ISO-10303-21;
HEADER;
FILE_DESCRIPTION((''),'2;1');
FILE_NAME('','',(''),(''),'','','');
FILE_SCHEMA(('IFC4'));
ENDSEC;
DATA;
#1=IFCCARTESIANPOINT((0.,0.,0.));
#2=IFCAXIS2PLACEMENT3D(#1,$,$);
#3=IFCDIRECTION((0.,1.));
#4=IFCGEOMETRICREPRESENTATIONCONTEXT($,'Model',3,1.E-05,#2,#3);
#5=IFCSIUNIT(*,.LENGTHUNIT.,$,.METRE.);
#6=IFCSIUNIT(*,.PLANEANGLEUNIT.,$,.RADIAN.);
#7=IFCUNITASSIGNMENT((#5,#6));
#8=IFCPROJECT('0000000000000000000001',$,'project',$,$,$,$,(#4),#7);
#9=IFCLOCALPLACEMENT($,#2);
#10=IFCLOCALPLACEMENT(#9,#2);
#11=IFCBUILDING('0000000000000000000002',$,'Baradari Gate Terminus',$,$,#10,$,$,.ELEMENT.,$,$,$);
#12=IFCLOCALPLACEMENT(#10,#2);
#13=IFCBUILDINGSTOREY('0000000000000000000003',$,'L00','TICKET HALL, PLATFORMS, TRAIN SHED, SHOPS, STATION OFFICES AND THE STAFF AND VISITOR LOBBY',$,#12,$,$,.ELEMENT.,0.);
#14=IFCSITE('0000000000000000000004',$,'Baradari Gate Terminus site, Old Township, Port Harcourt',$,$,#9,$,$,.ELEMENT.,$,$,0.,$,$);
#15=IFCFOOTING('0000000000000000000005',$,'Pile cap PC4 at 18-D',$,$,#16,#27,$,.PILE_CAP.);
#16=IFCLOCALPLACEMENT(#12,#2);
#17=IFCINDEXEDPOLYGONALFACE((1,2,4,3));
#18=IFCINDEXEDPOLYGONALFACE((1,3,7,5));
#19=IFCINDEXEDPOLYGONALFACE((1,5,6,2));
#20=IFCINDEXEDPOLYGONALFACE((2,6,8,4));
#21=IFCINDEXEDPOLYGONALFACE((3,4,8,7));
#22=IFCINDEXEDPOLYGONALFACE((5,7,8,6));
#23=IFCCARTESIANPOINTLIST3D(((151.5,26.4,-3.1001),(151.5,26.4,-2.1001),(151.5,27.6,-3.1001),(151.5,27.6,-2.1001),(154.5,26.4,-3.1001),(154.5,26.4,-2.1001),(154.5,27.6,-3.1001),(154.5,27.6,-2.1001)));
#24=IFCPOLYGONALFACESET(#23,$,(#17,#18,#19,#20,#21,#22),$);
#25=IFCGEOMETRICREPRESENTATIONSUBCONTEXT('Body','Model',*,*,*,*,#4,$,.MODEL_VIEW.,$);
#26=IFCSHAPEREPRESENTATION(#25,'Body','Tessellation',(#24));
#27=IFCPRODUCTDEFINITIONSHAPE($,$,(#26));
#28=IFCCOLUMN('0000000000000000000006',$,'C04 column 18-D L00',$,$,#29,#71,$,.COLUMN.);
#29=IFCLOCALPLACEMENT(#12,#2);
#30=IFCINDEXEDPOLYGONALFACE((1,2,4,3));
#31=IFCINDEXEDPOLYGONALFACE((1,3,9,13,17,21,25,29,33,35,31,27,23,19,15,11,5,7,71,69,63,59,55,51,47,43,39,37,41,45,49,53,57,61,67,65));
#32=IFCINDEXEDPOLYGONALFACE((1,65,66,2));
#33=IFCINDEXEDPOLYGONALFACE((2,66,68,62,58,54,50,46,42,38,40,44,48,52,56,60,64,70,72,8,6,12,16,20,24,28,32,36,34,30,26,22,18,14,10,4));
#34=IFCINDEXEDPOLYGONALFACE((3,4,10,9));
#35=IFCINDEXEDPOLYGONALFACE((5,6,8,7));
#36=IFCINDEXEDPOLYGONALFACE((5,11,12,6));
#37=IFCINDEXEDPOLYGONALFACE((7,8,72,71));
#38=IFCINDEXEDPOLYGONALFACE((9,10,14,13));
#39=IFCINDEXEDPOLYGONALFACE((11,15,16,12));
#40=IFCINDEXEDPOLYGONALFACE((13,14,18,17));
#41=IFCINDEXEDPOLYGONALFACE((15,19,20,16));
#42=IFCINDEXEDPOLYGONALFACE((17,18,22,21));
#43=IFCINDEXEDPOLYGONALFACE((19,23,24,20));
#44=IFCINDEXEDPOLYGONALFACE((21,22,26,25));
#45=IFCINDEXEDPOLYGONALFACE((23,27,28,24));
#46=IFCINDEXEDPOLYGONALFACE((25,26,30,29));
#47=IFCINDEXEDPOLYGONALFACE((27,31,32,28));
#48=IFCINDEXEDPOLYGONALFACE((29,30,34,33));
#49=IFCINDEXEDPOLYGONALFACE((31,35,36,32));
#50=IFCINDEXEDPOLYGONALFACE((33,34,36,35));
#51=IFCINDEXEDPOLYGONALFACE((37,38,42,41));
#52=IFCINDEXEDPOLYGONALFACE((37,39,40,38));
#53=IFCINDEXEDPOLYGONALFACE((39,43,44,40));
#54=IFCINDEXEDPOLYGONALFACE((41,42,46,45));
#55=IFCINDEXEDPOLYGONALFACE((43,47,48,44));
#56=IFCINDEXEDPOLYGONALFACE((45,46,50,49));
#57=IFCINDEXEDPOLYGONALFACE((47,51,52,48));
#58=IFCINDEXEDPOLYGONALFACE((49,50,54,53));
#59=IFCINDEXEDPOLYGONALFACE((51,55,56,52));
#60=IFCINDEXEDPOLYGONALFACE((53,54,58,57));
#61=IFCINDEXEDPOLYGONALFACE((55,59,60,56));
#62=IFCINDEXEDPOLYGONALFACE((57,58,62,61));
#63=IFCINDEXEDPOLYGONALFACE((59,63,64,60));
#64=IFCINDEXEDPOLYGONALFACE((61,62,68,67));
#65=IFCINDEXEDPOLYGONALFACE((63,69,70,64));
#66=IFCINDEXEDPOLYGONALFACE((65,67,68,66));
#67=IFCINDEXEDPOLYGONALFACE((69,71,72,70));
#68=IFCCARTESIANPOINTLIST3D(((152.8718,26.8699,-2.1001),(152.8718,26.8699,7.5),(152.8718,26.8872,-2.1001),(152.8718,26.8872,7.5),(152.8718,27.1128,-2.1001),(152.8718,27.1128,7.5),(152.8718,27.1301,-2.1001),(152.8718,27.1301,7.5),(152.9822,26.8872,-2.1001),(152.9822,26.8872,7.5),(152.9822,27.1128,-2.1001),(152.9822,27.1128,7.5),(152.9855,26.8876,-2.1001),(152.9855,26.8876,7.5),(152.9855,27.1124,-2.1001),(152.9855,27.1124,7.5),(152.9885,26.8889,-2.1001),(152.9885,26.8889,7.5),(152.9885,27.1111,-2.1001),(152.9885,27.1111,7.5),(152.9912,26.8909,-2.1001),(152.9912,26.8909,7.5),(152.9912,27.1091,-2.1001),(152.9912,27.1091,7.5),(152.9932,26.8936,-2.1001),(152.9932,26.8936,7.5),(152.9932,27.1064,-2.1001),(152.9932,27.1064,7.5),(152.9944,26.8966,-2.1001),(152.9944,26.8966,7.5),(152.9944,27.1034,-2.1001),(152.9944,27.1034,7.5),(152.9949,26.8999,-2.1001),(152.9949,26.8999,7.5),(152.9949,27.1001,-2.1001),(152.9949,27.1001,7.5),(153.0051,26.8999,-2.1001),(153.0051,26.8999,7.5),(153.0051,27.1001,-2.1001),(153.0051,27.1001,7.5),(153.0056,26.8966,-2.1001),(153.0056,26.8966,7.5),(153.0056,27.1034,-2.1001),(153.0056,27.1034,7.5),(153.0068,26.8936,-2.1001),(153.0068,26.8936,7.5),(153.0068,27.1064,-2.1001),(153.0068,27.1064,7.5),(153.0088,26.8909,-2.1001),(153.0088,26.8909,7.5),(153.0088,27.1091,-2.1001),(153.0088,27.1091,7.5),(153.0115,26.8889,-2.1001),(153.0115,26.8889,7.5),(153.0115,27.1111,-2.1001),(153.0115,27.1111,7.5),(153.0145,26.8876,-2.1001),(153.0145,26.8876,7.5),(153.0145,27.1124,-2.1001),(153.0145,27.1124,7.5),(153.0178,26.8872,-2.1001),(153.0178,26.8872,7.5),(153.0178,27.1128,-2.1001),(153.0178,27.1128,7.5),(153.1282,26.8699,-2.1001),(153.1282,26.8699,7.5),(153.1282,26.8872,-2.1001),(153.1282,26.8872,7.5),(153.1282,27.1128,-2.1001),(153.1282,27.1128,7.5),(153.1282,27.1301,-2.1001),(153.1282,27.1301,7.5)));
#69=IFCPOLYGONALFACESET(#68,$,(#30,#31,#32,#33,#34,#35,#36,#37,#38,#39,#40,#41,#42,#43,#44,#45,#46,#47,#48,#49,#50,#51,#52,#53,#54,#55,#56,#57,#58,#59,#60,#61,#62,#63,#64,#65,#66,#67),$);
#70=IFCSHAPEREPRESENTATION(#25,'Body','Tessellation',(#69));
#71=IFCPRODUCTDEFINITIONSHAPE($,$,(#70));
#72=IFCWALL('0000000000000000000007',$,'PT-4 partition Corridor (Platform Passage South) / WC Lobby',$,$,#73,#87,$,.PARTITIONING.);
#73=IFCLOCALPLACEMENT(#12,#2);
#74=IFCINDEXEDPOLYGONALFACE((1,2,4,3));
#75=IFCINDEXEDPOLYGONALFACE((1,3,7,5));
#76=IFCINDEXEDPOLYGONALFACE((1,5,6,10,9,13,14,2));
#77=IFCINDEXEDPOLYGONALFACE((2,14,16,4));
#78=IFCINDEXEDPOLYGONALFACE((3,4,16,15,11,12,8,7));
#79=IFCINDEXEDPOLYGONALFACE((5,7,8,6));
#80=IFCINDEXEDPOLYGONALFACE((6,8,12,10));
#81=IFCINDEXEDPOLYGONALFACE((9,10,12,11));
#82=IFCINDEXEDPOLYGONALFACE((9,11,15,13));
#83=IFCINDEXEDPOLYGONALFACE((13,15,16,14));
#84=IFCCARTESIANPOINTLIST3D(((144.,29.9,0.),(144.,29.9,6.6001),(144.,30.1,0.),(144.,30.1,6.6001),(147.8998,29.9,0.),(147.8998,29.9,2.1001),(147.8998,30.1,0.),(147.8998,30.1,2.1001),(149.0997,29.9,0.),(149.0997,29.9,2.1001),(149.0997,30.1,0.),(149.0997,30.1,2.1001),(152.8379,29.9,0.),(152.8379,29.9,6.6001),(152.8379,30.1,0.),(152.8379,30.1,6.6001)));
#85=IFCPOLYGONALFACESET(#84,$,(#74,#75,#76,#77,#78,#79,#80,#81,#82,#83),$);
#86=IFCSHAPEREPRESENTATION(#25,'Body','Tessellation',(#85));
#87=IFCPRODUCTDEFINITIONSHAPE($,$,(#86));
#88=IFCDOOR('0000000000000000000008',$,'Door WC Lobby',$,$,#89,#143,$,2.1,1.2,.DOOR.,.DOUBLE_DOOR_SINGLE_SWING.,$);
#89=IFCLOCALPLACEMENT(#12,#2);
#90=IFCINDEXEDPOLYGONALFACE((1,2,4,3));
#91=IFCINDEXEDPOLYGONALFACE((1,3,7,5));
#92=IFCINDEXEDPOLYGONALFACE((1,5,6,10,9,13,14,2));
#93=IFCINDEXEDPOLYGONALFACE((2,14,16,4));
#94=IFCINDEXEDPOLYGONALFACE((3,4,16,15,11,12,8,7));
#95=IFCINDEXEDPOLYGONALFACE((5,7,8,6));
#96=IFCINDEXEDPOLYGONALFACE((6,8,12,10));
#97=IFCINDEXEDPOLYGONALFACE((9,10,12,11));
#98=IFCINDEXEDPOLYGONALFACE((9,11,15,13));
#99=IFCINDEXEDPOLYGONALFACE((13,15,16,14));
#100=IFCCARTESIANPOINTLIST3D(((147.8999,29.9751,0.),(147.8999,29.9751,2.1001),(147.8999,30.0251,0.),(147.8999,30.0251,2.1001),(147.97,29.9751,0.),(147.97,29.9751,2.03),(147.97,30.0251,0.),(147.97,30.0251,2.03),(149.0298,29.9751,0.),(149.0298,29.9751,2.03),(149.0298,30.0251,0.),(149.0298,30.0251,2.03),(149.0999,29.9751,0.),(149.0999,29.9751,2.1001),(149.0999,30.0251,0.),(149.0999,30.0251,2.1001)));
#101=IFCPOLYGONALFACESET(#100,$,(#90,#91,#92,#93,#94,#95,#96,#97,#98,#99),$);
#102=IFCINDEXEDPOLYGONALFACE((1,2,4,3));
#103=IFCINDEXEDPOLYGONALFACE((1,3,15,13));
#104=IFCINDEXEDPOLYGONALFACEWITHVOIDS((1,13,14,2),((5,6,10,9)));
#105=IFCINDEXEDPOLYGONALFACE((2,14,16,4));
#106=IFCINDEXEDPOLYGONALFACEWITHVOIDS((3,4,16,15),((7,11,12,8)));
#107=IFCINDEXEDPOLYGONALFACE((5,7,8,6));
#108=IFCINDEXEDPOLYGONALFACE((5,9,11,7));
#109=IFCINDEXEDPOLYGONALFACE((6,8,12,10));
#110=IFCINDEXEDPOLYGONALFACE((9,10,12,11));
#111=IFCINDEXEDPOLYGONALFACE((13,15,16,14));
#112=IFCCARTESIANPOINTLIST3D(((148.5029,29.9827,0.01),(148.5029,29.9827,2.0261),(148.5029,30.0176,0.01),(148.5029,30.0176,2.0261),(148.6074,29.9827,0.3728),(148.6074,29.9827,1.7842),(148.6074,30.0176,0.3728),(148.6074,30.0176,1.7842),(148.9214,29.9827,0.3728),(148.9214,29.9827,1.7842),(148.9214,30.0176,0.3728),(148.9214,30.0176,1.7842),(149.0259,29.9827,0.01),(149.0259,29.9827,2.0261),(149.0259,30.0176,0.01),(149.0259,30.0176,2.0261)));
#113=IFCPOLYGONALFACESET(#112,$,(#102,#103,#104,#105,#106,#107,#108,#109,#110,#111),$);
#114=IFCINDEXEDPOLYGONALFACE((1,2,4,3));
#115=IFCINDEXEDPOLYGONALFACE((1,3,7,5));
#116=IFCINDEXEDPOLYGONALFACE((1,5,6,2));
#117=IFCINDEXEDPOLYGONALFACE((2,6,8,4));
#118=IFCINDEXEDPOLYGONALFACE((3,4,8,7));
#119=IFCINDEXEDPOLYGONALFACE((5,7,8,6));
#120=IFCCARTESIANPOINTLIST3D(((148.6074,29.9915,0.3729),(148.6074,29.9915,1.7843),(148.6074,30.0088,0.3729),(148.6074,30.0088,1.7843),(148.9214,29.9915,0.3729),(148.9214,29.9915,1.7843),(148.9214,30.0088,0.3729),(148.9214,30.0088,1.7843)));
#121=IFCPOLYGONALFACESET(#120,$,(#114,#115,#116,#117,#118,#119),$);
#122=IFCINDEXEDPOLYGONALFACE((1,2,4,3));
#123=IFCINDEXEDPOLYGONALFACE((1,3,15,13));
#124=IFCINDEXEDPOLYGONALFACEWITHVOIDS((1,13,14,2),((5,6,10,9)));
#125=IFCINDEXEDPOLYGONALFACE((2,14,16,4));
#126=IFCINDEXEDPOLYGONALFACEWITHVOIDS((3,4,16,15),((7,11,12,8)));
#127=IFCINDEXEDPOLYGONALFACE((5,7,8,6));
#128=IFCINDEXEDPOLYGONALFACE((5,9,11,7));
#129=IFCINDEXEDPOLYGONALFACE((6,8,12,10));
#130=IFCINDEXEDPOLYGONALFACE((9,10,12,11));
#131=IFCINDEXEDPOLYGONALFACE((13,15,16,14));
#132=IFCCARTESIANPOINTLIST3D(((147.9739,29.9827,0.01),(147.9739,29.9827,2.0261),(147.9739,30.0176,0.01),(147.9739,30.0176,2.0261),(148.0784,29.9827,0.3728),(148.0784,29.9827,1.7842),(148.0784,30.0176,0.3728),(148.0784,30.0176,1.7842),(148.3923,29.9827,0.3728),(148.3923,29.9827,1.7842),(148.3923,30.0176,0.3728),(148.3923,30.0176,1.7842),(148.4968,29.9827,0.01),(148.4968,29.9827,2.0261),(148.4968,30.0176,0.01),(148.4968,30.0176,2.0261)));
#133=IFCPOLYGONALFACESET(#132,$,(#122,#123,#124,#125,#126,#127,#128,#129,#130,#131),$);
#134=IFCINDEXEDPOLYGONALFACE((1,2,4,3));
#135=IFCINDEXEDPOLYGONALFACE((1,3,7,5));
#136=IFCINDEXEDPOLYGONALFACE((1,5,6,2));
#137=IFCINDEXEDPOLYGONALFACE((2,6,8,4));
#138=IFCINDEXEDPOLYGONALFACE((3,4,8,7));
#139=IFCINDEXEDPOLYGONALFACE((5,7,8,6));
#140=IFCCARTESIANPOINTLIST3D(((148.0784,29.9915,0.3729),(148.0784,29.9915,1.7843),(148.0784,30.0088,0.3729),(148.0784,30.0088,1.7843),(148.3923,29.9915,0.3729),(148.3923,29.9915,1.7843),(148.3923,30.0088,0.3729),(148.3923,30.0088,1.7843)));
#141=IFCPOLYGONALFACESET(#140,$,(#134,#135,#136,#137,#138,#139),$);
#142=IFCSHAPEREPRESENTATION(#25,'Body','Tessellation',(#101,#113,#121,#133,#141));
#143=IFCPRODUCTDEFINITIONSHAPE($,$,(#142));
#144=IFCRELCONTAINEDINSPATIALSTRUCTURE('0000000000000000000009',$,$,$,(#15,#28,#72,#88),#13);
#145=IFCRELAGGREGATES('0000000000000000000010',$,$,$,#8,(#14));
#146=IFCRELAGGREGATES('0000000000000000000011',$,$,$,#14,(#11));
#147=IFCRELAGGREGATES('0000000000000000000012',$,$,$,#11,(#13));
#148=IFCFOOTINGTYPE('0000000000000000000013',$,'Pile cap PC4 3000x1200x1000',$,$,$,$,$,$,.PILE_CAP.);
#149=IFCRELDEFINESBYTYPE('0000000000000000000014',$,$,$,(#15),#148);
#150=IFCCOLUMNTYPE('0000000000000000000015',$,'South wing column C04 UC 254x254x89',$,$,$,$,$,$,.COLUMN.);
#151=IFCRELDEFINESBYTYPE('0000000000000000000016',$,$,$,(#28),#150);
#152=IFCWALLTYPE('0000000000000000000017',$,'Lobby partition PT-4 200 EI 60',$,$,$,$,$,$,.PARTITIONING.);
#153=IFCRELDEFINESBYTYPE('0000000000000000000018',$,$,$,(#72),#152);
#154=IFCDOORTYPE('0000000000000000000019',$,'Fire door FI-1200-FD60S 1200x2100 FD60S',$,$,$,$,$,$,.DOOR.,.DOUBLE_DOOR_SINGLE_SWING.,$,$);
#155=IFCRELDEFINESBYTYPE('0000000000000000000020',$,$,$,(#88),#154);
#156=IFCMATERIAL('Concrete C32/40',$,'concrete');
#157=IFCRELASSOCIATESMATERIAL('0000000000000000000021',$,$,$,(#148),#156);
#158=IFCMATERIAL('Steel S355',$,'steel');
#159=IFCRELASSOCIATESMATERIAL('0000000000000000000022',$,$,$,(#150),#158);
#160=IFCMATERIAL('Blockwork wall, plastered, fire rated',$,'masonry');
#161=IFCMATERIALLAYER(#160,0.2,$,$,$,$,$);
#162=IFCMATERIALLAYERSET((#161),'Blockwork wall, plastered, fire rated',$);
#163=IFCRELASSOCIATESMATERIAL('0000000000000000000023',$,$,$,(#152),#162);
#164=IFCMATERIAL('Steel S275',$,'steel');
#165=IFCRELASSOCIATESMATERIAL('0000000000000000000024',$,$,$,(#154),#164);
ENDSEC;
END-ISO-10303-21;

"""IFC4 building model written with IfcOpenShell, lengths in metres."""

from ifc_helpers import new_model, si_unit, direction, frame, frame_2d, origin, origin_2d, place, context, subcontext, project, spatial, polyline, rectangle, i_section, outline, extrude, material, layer, layer_set, material_profile, profile_set, type_object, element, fill, save


model = new_model("IFC4")

# Units and contexts
model_context = context("Model", 3, precision=1e-05, world=origin(), true_north=direction((0.0, 1.0)))
body_context = subcontext(model_context, "Body", "Model", "MODEL_VIEW")
ifc_project = project(units=[si_unit("LENGTHUNIT", "METRE"), si_unit("PLANEANGLEUNIT", "RADIAN")], contexts=[model_context])

# Site, building, storey
site_placement = place(None, origin())
site = spatial("IfcSite", under=ifc_project, at=site_placement, Name="Baradari Gate Terminus site, Old Township, Port Harcourt", CompositionType="ELEMENT", RefElevation=0.0)
building_placement = place(site_placement, origin())
building = spatial("IfcBuilding", under=site, at=building_placement, Name="Baradari Gate Terminus", CompositionType="ELEMENT")
storey_placement = place(building_placement, origin())
storey = spatial("IfcBuildingStorey", under=building, at=storey_placement, Name="L00", Description="TICKET HALL, PLATFORMS, TRAIN SHED, SHOPS, STATION OFFICES AND THE STAFF AND VISITOR LOBBY", CompositionType="ELEMENT", Elevation=0.0)

# Footing
ifc_material_1 = material(Name="Concrete C32/40", Category="concrete")
footing_type_1 = type_object("IfcFootingType", Name="Pile cap PC4 3000x1200x1000", PredefinedType="PILE_CAP", material=ifc_material_1)
footing_1_placement = place(storey_placement, frame((153.0, 27.0, -3.1001), z_axis=(0.0, 0.0, 1.0), x_axis=(1.0, 0.0, 0.0)))
element("IfcFooting", 1, at=footing_1_placement, inside=storey, type_object=footing_type_1, Name="Pile cap PC4 at 18-D", PredefinedType="PILE_CAP", context=body_context, shape_type="SweptSolid", body=[
    extrude(rectangle(XDim=3.0, YDim=1.2, at=origin_2d()), origin(), (0.0, 0.0, 1.0), 1.0),
])

# Column
ifc_material_2 = material(Name="Steel S355", Category="steel")
ifc_material_profile = material_profile(ifc_material_2, i_section(OverallWidth=0.2563, OverallDepth=0.2603, WebThickness=0.0103, FlangeThickness=0.0173, FilletRadius=0.0127, at=origin_2d()), Name="UC 254x254x89")
ifc_profile_set = profile_set([ifc_material_profile], Name="Steel S355")
column_type = type_object("IfcColumnType", Name="South wing column C04 UC 254x254x89", PredefinedType="COLUMN", material=ifc_profile_set)
column_placement = place(storey_placement, frame((153.0, 27.0, -2.1001), z_axis=(0.0, 0.0, 1.0), x_axis=(1.0, 0.0, 0.0)))
element("IfcColumn", 2, at=column_placement, inside=storey, type_object=column_type, Name="C04 column 18-D L00", PredefinedType="COLUMN", context=body_context, shape_type="SweptSolid", body=[
    extrude(i_section(OverallWidth=0.2563, OverallDepth=0.2603, WebThickness=0.0103, FlangeThickness=0.0173, FilletRadius=0.0127, at=origin_2d()), origin(), (0.0, 0.0, 1.0), 9.6001),
])

# Wall, opening, door
ifc_material_3 = material(Name="Blockwork wall, plastered, fire rated", Category="masonry")
ifc_layer_1 = layer(ifc_material_3, 0.2)
ifc_layer_set_1 = layer_set([ifc_layer_1], Name="Blockwork wall, plastered, fire rated")
wall_type_1 = type_object("IfcWallType", Name="Lobby partition PT-4 200 EI 60", PredefinedType="PARTITIONING", material=ifc_layer_set_1)
wall_1_placement = place(storey_placement, frame((152.8379, 30.0, 0.0), z_axis=(0.0, 0.0, 1.0), x_axis=(-1.0, 0.0, 0.0)))
wall_1 = element("IfcWall", 3, at=wall_1_placement, inside=storey, type_object=wall_type_1, Name="PT-4 partition Corridor (Platform Passage South) / WC Lobby", PredefinedType="PARTITIONING", context=body_context, shape_type="SweptSolid", body=[
    extrude(rectangle(XDim=8.8379, YDim=0.2, at=frame_2d((4.4189, 0.0))), origin(), (0.0, 0.0, 1.0), 6.6001),
])
opening_1_placement = place(wall_1_placement, frame((3.738, 0.0, 0.0)))
opening_1 = element("IfcOpeningElement", 4, at=opening_1_placement, cuts=wall_1, PredefinedType="OPENING", context=body_context, shape_type="SweptSolid", body=[
    extrude(rectangle(XDim=1.2, YDim=2.1001, at=frame_2d((0.6001, 1.05))), frame((0.0, 0.1099, 0.0), z_axis=(0.0, -1.0, 0.0), x_axis=(1.0, 0.0, 0.0)), (0.0, 0.0, 1.0), 0.22),
])
ifc_material_4 = material(Name="Steel S275", Category="steel")
door_type_1 = type_object("IfcDoorType", Name="Fire door FI-1200-FD60S 1200x2100 FD60S", OperationType="DOUBLE_DOOR_SINGLE_SWING", PredefinedType="DOOR", material=ifc_material_4)
door_1_placement = place(opening_1_placement, origin())
door_1 = element("IfcDoor", 5, at=door_1_placement, inside=storey, type_object=door_type_1, Name="Door WC Lobby", OperationType="DOUBLE_DOOR_SINGLE_SWING", OverallHeight=2.1, OverallWidth=1.2, PredefinedType="DOOR", context=body_context, shape_type="SweptSolid", body=[
    extrude(outline(polyline([(0.0, 0.0), (0.0701, 0.0), (0.0701, 2.03), (1.1299, 2.03), (1.1299, 0.0), (1.2, 0.0), (1.2, 2.1001), (0.0, 2.1001), (0.0, 0.0)])), frame((0.0, 0.0249, 0.0), z_axis=(0.0, -1.0, 0.0), x_axis=(1.0, 0.0, 0.0)), (0.0, 0.0, 1.0), 0.05),
    extrude(outline(polyline([(0.074, 0.01), (0.5969, 0.01), (0.5969, 2.0261), (0.074, 2.0261), (0.074, 0.01)]), holes=[polyline([(0.1785, 0.3728), (0.4924, 0.3728), (0.4924, 1.7842), (0.1785, 1.7842), (0.1785, 0.3728)])]), frame((0.0, 0.0173, 0.0), z_axis=(0.0, -1.0, 0.0), x_axis=(1.0, 0.0, 0.0)), (0.0, 0.0, 1.0), 0.0349),
    extrude(rectangle(XDim=0.314, YDim=1.4114, at=frame_2d((0.3354, 1.0786))), frame((0.0, 0.0085, 0.0), z_axis=(0.0, -1.0, 0.0), x_axis=(1.0, 0.0, 0.0)), (0.0, 0.0, 1.0), 0.0173),
    extrude(outline(polyline([(0.603, 0.01), (1.126, 0.01), (1.126, 2.0261), (0.603, 2.0261), (0.603, 0.01)]), holes=[polyline([(0.7075, 0.3728), (1.0215, 0.3728), (1.0215, 1.7842), (0.7075, 1.7842), (0.7075, 0.3728)])]), frame((0.0, 0.0173, 0.0), z_axis=(0.0, -1.0, 0.0), x_axis=(1.0, 0.0, 0.0)), (0.0, 0.0, 1.0), 0.0349),
    extrude(rectangle(XDim=0.314, YDim=1.4114, at=frame_2d((0.8645, 1.0786))), frame((0.0, 0.0085, 0.0), z_axis=(0.0, -1.0, 0.0), x_axis=(1.0, 0.0, 0.0)), (0.0, 0.0, 1.0), 0.0173),
])
fill(opening_1, door_1)

save(model, "model.ifc")
